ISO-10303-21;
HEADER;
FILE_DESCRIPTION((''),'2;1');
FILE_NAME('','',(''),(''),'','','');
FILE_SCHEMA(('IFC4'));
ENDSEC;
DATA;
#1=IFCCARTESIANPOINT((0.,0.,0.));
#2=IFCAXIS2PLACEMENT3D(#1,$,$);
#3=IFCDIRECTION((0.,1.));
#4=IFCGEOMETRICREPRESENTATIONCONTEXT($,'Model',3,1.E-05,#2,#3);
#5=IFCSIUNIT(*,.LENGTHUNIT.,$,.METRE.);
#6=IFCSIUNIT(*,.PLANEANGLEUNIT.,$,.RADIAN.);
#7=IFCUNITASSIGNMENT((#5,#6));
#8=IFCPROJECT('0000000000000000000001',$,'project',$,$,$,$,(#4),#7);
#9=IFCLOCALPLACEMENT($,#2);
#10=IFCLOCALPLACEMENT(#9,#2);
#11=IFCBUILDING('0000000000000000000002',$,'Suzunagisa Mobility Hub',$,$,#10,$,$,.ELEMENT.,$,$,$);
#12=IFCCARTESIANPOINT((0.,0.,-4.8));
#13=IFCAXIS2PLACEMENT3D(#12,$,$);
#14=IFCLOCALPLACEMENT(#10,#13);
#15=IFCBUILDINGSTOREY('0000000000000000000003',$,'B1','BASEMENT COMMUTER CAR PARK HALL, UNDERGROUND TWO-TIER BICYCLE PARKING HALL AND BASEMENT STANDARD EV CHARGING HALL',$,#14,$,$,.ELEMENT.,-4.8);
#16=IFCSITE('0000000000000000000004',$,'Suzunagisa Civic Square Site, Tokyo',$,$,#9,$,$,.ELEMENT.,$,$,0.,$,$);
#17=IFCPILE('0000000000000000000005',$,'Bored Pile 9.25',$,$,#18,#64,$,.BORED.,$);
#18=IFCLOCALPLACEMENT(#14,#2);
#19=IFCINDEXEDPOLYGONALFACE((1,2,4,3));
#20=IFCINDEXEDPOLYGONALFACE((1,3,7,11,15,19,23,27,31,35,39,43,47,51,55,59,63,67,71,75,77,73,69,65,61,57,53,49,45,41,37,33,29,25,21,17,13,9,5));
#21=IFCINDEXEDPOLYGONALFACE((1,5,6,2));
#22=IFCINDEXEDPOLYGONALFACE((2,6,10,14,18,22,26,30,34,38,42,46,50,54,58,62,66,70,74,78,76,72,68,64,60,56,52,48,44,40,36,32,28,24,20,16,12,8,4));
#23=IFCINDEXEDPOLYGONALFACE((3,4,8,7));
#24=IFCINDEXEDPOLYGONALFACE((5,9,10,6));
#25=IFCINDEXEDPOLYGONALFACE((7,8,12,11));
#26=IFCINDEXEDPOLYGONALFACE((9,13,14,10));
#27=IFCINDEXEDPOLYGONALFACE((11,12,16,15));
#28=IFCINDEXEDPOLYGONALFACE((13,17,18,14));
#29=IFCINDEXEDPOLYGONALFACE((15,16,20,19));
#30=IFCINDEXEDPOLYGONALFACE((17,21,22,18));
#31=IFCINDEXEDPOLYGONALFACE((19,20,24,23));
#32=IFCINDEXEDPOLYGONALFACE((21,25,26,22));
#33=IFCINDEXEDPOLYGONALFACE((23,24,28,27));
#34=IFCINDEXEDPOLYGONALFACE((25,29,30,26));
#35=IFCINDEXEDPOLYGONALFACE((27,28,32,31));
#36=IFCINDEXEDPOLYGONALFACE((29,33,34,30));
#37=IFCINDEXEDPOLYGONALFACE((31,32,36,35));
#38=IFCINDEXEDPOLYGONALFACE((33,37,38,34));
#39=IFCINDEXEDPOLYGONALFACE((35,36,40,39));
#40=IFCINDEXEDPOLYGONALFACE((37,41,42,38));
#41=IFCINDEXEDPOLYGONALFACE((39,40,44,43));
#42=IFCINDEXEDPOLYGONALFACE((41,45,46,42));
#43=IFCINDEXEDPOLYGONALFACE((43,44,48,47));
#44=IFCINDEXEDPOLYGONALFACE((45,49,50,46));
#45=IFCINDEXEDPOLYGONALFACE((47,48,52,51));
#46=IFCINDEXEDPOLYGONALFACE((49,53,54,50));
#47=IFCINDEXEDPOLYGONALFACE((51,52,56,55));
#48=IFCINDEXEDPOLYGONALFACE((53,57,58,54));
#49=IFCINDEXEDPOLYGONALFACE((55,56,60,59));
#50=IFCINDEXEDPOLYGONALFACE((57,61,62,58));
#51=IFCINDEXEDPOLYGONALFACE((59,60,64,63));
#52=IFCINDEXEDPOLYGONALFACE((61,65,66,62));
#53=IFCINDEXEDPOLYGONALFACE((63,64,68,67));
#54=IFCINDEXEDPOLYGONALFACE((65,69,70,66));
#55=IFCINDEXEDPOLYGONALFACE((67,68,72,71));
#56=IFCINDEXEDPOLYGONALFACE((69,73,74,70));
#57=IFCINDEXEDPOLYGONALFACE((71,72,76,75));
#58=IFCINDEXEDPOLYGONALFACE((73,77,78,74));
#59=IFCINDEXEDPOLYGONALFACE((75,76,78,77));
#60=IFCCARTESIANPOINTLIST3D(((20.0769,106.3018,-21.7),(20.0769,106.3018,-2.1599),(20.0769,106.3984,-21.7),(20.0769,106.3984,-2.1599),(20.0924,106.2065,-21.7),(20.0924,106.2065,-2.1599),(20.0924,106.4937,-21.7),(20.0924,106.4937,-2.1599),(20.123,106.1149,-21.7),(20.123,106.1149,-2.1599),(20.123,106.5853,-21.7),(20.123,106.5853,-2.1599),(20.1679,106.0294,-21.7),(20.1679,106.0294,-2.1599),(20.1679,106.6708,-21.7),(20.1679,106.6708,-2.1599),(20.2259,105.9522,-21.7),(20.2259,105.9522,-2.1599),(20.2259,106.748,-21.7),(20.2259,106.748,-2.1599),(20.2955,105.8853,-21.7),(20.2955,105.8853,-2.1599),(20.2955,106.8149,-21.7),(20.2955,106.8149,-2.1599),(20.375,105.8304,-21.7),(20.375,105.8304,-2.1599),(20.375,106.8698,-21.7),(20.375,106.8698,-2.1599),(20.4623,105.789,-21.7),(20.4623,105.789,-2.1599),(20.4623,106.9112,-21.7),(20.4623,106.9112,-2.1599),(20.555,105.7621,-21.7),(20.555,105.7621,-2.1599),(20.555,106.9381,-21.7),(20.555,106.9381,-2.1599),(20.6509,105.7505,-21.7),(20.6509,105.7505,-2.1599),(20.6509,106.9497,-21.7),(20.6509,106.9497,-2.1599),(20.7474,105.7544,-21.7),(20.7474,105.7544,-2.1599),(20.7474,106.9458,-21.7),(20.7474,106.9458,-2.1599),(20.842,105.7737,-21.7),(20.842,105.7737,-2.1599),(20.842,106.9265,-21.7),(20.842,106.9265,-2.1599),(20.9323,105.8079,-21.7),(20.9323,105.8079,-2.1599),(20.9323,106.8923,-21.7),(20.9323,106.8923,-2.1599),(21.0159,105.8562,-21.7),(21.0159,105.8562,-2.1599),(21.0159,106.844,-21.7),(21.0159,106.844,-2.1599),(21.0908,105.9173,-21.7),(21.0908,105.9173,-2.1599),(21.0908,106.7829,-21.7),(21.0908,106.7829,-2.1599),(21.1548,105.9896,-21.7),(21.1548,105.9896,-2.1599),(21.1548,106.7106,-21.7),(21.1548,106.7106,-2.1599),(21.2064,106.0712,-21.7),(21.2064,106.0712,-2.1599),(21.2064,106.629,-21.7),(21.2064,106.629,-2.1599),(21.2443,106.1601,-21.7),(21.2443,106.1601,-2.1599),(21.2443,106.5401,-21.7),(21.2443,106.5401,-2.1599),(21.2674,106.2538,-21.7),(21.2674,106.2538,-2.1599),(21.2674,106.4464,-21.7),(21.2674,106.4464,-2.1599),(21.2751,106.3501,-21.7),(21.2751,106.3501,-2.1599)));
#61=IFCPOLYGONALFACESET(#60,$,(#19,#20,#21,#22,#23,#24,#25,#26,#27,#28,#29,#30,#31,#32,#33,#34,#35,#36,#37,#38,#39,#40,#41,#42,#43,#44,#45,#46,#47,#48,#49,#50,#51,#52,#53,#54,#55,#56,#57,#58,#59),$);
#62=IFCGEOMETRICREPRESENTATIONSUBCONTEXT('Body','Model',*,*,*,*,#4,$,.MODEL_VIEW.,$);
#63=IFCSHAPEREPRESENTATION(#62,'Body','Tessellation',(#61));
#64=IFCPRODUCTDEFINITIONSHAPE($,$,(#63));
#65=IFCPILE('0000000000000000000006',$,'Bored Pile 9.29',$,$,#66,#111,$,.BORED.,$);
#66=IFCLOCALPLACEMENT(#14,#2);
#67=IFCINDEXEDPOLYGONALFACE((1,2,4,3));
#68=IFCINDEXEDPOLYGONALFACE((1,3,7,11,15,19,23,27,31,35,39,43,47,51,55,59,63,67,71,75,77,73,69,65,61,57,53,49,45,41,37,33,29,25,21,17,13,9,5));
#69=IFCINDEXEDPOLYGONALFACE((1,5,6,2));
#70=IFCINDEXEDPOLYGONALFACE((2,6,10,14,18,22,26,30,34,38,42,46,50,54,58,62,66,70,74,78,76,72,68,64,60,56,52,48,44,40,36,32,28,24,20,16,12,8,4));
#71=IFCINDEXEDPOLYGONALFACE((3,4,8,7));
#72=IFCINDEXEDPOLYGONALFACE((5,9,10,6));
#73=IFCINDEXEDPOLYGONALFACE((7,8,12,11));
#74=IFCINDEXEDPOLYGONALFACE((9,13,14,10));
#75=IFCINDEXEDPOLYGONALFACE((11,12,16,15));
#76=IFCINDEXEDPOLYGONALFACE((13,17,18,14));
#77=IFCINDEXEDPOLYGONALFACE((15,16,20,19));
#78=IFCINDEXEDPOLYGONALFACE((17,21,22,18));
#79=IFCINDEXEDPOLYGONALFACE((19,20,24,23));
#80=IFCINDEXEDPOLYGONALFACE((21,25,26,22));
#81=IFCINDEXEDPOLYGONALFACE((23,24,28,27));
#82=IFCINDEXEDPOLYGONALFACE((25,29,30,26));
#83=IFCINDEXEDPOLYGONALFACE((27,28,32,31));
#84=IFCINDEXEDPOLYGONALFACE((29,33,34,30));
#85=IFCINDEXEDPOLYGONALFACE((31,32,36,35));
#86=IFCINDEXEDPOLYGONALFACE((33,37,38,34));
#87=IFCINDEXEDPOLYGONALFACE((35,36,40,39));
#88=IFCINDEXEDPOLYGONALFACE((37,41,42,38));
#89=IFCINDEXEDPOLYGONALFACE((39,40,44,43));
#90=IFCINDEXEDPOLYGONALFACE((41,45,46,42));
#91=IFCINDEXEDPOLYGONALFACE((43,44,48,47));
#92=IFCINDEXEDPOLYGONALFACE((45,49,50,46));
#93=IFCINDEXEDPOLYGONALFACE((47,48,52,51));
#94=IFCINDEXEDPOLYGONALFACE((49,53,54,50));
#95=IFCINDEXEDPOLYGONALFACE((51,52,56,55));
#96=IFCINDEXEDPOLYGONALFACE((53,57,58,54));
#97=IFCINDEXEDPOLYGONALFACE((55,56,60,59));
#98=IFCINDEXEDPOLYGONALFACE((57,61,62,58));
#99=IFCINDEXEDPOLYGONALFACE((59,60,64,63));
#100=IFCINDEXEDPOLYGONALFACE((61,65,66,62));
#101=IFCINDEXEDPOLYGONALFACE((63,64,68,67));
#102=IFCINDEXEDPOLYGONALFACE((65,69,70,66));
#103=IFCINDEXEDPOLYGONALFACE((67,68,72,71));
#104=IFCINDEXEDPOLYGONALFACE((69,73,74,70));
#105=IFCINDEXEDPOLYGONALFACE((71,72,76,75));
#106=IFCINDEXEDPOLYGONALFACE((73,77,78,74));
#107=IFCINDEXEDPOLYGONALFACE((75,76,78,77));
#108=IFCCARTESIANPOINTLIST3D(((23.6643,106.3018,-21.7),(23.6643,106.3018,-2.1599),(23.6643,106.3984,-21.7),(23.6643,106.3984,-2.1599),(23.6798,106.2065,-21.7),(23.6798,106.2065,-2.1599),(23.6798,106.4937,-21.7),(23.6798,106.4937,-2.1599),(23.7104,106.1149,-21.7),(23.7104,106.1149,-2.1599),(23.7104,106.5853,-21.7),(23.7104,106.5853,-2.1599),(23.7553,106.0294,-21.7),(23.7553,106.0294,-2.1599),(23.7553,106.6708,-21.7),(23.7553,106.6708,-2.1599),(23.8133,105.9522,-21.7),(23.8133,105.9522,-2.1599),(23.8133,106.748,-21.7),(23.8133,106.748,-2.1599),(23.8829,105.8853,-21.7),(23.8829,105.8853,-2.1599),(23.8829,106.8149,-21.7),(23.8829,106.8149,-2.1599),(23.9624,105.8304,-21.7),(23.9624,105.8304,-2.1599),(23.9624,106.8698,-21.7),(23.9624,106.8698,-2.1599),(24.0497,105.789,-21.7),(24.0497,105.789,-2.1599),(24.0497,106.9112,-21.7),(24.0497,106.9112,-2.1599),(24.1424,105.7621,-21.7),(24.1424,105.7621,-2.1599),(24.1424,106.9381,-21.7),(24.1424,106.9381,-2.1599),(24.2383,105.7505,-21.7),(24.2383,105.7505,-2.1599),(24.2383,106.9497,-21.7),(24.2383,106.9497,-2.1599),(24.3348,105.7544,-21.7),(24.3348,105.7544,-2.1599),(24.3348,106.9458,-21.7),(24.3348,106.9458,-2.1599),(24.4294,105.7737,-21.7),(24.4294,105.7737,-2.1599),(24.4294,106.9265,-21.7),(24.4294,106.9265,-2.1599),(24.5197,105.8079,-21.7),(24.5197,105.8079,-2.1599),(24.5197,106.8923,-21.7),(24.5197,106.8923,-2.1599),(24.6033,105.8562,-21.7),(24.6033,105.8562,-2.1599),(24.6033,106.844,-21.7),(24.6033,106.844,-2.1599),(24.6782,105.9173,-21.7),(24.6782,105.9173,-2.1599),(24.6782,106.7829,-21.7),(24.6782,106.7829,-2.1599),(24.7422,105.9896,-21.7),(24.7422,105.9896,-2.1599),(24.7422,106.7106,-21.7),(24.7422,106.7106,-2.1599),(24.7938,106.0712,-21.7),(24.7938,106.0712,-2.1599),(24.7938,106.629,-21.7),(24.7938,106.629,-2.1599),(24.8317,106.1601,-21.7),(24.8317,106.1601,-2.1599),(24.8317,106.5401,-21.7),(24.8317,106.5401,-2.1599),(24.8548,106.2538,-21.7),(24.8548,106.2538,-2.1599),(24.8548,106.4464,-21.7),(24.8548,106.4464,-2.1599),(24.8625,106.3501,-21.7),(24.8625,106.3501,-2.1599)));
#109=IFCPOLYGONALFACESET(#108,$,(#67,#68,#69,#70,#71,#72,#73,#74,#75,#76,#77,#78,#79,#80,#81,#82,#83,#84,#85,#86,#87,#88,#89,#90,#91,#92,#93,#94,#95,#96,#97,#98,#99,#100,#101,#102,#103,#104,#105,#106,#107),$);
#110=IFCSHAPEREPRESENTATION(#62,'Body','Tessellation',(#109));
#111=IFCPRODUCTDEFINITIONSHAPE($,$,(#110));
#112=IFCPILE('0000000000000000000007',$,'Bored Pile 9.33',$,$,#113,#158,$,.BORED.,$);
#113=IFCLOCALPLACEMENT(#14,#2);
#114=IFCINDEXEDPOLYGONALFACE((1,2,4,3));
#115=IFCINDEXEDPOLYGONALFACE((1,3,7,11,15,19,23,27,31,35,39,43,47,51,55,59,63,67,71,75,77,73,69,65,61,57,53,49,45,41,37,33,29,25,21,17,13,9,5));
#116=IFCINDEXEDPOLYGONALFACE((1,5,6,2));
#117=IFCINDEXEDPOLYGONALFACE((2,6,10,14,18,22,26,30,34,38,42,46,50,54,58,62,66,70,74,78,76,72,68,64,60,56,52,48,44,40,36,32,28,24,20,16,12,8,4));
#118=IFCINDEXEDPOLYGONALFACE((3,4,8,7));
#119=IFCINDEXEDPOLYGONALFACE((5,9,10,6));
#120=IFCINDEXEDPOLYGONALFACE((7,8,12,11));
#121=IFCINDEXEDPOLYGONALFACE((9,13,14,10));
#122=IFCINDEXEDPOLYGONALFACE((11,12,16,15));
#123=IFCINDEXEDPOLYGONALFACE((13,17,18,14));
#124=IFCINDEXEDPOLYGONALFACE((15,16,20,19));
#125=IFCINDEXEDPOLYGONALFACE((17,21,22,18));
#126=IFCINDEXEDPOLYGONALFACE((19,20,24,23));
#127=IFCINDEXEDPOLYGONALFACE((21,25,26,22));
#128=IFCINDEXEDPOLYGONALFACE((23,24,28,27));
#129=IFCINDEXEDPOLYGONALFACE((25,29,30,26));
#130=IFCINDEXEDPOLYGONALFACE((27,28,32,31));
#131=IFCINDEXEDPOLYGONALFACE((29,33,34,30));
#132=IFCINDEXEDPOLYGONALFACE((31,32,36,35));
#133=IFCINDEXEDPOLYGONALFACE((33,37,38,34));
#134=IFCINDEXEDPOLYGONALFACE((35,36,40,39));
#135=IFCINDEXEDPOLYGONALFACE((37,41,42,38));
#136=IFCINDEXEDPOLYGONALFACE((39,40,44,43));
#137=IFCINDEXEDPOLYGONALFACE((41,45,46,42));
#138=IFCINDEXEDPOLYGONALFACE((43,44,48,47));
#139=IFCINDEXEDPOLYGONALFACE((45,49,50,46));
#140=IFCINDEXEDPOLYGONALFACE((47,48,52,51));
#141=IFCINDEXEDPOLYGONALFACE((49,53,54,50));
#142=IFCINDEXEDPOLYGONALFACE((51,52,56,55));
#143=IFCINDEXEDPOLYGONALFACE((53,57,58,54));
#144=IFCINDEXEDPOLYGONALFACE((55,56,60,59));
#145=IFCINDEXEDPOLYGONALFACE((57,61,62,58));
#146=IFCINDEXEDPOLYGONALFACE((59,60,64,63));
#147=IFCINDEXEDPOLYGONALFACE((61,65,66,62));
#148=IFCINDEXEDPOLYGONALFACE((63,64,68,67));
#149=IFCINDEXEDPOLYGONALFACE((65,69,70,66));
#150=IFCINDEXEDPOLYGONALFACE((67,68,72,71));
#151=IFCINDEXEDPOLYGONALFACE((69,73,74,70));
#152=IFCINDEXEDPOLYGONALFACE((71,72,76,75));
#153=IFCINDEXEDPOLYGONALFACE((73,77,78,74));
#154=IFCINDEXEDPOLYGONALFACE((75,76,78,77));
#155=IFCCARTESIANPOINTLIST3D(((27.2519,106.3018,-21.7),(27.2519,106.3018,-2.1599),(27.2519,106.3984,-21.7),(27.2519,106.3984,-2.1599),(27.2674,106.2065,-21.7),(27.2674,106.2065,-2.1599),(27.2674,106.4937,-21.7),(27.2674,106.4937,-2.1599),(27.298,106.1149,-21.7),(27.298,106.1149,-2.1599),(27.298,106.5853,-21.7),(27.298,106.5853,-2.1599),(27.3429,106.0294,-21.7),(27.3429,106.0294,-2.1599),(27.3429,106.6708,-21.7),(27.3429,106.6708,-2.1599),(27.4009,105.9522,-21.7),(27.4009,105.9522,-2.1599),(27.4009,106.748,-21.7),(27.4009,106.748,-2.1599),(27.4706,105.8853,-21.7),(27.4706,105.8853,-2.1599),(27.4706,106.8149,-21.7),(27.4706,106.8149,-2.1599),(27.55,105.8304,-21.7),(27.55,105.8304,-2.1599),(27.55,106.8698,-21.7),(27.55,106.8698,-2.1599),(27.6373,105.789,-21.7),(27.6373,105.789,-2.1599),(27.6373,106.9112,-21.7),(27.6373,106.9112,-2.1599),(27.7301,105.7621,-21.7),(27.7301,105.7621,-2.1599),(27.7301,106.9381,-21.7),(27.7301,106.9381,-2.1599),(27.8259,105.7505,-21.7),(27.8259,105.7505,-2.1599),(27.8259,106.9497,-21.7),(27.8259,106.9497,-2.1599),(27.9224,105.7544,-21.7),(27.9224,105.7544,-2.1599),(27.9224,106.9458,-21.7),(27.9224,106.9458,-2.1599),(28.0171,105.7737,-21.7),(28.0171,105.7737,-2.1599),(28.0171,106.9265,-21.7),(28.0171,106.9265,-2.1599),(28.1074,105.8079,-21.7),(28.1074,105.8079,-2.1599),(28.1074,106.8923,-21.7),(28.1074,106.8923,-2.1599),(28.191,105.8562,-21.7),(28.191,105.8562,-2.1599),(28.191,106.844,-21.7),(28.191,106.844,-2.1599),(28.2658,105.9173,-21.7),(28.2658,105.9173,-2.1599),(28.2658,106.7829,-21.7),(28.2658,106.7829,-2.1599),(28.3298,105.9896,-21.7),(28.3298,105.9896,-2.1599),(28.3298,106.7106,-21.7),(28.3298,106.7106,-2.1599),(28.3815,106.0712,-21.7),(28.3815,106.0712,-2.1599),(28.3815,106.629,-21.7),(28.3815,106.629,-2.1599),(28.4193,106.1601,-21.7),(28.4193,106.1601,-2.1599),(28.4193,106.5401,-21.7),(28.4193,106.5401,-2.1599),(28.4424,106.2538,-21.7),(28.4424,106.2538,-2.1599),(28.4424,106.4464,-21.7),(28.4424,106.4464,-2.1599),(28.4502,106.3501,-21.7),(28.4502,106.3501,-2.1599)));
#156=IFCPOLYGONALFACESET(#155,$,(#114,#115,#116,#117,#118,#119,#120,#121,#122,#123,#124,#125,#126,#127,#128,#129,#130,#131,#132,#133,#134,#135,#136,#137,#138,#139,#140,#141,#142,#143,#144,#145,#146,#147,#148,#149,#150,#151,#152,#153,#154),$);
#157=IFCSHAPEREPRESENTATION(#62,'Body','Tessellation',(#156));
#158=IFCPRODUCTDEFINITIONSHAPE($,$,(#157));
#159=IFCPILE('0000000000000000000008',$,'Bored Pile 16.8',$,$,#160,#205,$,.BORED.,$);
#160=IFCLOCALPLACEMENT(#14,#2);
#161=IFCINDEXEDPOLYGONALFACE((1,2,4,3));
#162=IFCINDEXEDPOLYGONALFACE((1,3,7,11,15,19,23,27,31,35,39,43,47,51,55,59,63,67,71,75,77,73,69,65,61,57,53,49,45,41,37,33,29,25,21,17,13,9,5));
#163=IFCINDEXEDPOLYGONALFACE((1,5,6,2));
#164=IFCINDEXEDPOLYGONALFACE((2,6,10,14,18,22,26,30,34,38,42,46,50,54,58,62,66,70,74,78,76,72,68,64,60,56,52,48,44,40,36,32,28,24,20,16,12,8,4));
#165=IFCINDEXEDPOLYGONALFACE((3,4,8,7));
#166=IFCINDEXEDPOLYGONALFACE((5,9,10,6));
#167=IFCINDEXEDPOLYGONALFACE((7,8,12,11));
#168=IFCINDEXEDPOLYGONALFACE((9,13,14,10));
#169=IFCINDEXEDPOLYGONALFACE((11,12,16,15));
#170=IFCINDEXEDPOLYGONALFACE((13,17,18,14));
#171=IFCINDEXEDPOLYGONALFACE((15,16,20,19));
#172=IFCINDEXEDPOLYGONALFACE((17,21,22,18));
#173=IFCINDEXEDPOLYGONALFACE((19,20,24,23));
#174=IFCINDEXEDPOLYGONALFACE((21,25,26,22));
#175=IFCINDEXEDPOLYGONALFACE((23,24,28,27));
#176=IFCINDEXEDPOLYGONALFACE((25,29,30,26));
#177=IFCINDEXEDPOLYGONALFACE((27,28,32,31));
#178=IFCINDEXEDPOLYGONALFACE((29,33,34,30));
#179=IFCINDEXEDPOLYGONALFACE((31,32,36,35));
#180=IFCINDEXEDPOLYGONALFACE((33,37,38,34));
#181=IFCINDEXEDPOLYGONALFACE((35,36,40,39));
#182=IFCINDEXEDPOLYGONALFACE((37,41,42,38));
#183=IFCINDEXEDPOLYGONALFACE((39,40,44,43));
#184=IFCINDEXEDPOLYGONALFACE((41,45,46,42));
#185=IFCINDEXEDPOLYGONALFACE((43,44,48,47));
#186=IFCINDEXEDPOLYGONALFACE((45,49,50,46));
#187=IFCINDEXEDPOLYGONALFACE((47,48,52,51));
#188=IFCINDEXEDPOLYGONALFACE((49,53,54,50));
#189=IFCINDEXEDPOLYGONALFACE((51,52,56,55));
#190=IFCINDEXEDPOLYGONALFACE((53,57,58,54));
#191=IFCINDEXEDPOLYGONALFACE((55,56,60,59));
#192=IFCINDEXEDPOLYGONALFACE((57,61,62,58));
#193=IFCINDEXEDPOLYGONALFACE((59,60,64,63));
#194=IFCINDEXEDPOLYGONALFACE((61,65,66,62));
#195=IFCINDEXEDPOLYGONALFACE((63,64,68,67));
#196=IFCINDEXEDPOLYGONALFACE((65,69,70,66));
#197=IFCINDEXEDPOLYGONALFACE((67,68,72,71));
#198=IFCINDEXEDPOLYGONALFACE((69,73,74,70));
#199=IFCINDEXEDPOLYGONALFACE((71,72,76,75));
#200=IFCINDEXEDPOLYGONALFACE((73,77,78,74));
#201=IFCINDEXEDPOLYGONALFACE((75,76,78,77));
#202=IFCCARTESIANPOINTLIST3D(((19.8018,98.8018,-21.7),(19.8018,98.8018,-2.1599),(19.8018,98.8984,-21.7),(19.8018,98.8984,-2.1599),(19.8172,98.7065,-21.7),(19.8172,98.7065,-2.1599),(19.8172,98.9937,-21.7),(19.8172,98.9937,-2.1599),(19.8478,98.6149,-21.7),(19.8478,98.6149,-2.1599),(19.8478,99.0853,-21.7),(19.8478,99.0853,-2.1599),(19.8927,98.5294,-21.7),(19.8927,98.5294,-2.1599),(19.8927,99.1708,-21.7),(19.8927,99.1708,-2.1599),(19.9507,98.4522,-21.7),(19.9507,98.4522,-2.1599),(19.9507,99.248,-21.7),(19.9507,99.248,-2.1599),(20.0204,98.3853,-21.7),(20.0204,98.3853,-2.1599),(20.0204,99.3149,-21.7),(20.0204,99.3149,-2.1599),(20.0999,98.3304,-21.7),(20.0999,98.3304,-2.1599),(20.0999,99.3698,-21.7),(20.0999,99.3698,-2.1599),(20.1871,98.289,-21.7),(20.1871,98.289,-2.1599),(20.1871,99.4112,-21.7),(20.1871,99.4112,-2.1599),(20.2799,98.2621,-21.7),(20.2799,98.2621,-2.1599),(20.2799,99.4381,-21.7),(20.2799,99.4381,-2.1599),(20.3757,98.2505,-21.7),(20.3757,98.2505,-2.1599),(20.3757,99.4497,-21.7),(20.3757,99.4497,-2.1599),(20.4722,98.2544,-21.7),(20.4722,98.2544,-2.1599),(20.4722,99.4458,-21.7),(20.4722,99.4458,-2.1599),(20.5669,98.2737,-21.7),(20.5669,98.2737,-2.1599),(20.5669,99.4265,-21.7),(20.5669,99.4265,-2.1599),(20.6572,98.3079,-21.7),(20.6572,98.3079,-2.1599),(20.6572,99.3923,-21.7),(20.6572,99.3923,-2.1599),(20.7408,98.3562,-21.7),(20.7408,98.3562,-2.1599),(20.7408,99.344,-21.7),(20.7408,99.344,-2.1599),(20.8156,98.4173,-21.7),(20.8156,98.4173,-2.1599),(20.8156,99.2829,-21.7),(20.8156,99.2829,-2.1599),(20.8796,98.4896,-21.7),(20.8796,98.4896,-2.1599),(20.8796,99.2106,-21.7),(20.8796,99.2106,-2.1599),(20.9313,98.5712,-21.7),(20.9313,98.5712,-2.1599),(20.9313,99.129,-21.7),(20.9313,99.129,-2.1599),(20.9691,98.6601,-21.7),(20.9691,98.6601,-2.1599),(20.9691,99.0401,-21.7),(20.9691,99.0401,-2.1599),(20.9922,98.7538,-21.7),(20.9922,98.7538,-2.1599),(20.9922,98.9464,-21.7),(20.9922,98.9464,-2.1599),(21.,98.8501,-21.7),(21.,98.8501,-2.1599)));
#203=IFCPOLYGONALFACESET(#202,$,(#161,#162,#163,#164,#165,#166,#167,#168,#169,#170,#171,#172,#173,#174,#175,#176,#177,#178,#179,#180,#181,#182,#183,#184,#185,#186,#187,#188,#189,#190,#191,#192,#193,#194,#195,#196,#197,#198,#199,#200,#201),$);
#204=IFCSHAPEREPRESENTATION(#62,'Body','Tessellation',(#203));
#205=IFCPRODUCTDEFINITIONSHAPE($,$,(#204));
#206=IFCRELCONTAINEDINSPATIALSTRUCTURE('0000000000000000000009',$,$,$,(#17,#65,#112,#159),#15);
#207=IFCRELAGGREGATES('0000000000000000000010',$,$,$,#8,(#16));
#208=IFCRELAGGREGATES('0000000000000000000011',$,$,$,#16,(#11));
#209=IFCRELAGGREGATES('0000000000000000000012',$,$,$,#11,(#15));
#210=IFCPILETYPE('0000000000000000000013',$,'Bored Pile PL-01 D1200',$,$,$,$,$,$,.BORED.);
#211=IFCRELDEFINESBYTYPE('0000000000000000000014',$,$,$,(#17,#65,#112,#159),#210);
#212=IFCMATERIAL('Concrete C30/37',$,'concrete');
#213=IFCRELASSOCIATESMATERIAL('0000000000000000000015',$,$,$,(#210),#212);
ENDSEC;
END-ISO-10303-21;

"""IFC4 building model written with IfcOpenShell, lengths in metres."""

from ifc_helpers import new_model, si_unit, direction, frame, origin, origin_2d, place, context, subcontext, project, spatial, circle, extrude, material, material_profile, profile_set, type_object, element, save


model = new_model("IFC4")

# Units and contexts
model_context = context("Model", 3, precision=1e-05, world=origin(), true_north=direction((0.0, 1.0)))
body_context = subcontext(model_context, "Body", "Model", "MODEL_VIEW")
ifc_project = project(units=[si_unit("LENGTHUNIT", "METRE"), si_unit("PLANEANGLEUNIT", "RADIAN")], contexts=[model_context])

# Site, building, storey
site_placement = place(None, origin())
site = spatial("IfcSite", under=ifc_project, at=site_placement, Name="Suzunagisa Civic Square Site, Tokyo", CompositionType="ELEMENT", RefElevation=0.0)
building_placement = place(site_placement, origin())
building = spatial("IfcBuilding", under=site, at=building_placement, Name="Suzunagisa Mobility Hub", CompositionType="ELEMENT")
storey_placement = place(building_placement, frame((0.0, 0.0, -4.8)))
storey = spatial("IfcBuildingStorey", under=building, at=storey_placement, Name="B1", Description="BASEMENT COMMUTER CAR PARK HALL, UNDERGROUND TWO-TIER BICYCLE PARKING HALL AND BASEMENT STANDARD EV CHARGING HALL", CompositionType="ELEMENT", Elevation=-4.8)

# Piles
ifc_material_1 = material(Name="Concrete C30/37", Category="concrete")
ifc_material_profile_1 = material_profile(ifc_material_1, circle(Radius=0.6001, at=origin_2d()), Name="BORED PILE D1200")
ifc_profile_set_1 = profile_set([ifc_material_profile_1], Name="Concrete C30/37")
pile_type = type_object("IfcPileType", Name="Bored Pile PL-01 D1200", PredefinedType="BORED", material=ifc_profile_set_1)
for number, where, z_axis, x_axis, name in (
    (1, (20.675, 106.3501, -2.1599), (0.0, 0.0, -1.0), (1.0, 0.0, 0.0), "Bored Pile 9.25"),
    (2, (24.2625, 106.3501, -2.1599), (0.0, 0.0, -1.0), (1.0, 0.0, 0.0), "Bored Pile 9.29"),
    (3, (27.8501, 106.3501, -2.1599), (0.0, 0.0, -1.0), (1.0, 0.0, 0.0), "Bored Pile 9.33"),
    (4, (20.3999, 98.8501, -2.1599), (0.0, 0.0, -1.0), (1.0, 0.0, 0.0), "Bored Pile 16.8"),
):
    element("IfcPile", number, at=place(storey_placement, frame(where, z_axis=z_axis, x_axis=x_axis)), inside=storey, type_object=pile_type, Name=name, PredefinedType="BORED", context=body_context, shape_type="SweptSolid", body=[
        extrude(circle(Radius=0.6001, at=origin_2d()), origin(), (0.0, 0.0, 1.0), 19.54),
    ])

save(model, "model.ifc")
